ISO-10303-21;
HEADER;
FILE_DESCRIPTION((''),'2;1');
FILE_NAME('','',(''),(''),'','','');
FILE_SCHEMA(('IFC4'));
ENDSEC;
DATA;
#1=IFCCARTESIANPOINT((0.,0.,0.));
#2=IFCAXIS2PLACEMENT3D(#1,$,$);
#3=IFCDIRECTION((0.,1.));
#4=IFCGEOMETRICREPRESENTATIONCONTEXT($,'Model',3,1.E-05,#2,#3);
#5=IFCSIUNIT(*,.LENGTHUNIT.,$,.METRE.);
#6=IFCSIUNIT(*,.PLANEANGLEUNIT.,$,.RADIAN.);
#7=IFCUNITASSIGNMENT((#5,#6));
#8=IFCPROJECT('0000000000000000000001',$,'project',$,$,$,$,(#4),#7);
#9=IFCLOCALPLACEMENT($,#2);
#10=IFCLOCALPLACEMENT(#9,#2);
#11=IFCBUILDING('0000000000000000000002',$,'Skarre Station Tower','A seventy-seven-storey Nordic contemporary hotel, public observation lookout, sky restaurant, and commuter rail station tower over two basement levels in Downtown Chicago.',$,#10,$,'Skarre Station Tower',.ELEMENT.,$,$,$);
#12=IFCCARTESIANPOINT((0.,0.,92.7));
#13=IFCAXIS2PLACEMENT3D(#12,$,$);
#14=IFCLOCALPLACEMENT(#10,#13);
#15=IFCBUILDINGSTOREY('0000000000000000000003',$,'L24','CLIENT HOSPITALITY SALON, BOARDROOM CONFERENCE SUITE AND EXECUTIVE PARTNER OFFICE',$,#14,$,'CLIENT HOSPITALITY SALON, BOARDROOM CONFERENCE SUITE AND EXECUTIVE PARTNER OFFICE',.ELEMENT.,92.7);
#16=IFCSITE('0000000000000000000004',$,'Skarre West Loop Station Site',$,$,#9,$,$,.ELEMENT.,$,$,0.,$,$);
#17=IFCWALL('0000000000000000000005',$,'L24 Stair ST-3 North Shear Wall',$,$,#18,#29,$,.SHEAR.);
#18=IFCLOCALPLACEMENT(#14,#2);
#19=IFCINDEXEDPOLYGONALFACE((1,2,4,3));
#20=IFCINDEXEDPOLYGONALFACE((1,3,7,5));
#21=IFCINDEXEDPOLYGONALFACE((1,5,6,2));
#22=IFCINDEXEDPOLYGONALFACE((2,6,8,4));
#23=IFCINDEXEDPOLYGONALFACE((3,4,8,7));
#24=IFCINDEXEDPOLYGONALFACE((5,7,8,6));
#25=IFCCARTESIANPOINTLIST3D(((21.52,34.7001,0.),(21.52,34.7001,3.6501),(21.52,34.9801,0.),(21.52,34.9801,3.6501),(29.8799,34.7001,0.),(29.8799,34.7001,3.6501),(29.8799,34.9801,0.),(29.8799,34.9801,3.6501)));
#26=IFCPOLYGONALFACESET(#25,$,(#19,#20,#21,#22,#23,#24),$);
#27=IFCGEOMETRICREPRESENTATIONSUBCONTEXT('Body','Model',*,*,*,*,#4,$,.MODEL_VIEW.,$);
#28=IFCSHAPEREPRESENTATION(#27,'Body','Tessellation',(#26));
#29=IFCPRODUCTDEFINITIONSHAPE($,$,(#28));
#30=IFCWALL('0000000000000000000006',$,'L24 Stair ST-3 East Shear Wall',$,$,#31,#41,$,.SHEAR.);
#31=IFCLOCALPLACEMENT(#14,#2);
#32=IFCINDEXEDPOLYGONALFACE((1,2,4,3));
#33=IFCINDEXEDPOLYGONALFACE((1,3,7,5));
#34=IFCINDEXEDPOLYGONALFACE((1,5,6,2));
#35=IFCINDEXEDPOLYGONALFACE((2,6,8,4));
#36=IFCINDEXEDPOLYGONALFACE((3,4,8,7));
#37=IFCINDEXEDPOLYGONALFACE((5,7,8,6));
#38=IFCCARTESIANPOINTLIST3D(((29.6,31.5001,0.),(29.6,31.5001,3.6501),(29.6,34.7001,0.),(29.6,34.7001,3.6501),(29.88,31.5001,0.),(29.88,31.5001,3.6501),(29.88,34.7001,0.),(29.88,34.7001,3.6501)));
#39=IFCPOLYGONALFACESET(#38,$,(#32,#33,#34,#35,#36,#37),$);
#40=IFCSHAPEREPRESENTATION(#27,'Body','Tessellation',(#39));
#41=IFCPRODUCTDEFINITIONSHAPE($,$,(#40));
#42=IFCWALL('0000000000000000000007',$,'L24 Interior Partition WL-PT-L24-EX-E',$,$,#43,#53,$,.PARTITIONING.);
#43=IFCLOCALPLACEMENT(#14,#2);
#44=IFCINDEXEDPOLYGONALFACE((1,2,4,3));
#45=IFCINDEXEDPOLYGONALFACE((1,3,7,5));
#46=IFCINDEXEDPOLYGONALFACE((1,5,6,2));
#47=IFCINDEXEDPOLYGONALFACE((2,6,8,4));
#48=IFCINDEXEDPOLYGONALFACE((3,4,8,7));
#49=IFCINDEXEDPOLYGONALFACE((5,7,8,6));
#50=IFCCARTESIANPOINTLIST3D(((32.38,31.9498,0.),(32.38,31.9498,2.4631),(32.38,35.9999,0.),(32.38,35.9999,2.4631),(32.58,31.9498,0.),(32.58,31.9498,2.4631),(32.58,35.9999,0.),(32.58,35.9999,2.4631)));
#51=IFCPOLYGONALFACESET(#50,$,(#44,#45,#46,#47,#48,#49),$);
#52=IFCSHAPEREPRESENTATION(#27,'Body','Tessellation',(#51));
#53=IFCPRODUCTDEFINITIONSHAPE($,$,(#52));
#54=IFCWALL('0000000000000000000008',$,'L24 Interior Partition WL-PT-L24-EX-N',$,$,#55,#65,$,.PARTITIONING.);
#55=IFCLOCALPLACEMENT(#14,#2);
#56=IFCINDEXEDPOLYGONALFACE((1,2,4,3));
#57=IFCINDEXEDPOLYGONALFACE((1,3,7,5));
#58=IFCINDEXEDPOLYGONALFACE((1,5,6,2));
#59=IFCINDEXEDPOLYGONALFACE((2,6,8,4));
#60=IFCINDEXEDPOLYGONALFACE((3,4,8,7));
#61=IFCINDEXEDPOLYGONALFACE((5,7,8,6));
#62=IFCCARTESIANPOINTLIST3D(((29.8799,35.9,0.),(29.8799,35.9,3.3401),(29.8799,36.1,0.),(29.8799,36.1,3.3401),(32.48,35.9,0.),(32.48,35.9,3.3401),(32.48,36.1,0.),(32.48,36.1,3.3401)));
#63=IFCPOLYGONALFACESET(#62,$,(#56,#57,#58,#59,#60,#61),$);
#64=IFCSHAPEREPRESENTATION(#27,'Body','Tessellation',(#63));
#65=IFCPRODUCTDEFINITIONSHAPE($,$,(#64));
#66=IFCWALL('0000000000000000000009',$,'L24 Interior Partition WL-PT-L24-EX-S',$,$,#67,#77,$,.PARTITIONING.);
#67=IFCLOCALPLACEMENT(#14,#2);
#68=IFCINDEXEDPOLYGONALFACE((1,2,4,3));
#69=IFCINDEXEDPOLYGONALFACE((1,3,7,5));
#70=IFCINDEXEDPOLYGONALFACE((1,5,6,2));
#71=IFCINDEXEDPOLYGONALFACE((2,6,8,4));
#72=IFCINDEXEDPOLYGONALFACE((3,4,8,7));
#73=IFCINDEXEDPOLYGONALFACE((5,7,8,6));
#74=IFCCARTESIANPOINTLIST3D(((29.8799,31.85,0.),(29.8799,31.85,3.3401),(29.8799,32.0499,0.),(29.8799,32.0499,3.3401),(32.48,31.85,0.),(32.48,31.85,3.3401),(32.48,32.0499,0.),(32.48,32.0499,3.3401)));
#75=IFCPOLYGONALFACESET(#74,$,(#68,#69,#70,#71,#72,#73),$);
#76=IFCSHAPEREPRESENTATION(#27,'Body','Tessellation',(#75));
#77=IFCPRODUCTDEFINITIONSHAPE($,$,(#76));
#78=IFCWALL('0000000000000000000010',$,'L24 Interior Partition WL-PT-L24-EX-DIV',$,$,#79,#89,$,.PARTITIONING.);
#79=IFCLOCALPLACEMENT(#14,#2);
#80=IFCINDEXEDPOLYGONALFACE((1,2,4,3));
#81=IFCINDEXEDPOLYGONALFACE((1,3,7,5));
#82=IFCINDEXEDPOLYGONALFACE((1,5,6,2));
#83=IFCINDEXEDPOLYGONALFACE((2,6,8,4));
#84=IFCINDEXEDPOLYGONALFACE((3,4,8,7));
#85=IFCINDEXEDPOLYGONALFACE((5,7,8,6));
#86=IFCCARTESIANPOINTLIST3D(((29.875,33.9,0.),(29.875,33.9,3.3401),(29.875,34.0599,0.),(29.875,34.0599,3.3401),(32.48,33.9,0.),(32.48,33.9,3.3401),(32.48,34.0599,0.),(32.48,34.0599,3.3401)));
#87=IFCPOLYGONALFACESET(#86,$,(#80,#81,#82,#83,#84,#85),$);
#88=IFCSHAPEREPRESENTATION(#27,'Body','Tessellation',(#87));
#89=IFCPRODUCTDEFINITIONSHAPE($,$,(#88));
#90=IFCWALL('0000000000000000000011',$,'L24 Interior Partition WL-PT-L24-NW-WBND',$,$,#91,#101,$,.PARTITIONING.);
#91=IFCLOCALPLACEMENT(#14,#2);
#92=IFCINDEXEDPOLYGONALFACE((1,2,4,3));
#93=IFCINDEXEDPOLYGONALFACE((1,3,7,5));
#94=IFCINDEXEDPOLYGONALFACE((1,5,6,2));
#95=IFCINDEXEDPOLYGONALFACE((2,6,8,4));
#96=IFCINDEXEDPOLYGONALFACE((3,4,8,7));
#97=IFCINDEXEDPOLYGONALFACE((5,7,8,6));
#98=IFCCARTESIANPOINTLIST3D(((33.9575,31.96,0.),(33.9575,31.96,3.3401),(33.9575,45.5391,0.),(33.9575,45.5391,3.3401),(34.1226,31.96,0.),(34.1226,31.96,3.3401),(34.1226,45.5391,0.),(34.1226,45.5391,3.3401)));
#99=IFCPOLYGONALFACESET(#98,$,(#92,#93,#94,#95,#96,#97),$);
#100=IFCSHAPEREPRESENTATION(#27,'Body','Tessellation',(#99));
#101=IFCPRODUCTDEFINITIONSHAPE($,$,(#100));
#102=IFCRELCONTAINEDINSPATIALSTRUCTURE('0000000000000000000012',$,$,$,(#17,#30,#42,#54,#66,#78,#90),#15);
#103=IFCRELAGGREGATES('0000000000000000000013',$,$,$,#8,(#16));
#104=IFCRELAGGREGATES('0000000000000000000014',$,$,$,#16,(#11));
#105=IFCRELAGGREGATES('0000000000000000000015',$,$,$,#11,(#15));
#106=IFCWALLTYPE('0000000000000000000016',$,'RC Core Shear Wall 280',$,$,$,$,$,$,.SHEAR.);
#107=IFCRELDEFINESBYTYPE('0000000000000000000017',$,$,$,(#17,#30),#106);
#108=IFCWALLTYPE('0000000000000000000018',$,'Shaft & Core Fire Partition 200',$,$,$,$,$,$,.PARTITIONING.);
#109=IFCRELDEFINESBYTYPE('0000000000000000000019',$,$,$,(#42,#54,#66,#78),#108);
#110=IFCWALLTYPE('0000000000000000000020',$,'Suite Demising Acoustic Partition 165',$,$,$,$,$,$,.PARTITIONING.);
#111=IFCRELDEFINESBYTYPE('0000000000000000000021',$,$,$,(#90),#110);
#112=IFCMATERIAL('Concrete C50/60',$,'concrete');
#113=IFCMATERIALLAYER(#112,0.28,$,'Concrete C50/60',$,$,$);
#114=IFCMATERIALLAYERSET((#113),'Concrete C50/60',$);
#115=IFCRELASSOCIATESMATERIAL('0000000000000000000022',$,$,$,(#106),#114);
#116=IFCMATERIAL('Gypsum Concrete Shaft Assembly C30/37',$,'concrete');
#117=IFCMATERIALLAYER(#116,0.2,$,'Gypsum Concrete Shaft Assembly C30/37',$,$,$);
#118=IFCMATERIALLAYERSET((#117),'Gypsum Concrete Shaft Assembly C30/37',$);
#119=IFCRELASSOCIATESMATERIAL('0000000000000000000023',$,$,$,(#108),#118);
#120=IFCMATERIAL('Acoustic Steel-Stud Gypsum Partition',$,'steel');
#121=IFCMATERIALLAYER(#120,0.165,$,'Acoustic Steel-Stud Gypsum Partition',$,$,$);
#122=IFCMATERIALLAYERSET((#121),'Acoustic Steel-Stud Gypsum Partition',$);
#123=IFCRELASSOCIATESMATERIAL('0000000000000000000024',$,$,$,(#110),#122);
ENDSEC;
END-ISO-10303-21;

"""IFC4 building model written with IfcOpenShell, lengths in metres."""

from ifc_helpers import new_model, si_unit, direction, frame, frame_2d, origin, place, context, subcontext, project, spatial, rectangle, extrude, material, layer, layer_set, type_object, element, save


model = new_model("IFC4")

# Units and contexts
model_context = context("Model", 3, precision=1e-05, world=origin(), true_north=direction((0.0, 1.0)))
body_context = subcontext(model_context, "Body", "Model", "MODEL_VIEW")
ifc_project = project(units=[si_unit("LENGTHUNIT", "METRE"), si_unit("PLANEANGLEUNIT", "RADIAN")], contexts=[model_context])

# Site, building, storey
site_placement = place(None, origin())
site = spatial("IfcSite", under=ifc_project, at=site_placement, Name="Skarre West Loop Station Site", CompositionType="ELEMENT", RefElevation=0.0)
building_placement = place(site_placement, origin())
building = spatial("IfcBuilding", under=site, at=building_placement, Name="Skarre Station Tower", Description="A seventy-seven-storey Nordic contemporary hotel, public observation lookout, sky restaurant, and commuter rail station tower over two basement levels in Downtown Chicago.", LongName="Skarre Station Tower", CompositionType="ELEMENT")
storey_placement = place(building_placement, frame((0.0, 0.0, 92.7)))
storey = spatial("IfcBuildingStorey", under=building, at=storey_placement, Name="L24", Description="CLIENT HOSPITALITY SALON, BOARDROOM CONFERENCE SUITE AND EXECUTIVE PARTNER OFFICE", LongName="CLIENT HOSPITALITY SALON, BOARDROOM CONFERENCE SUITE AND EXECUTIVE PARTNER OFFICE", CompositionType="ELEMENT", Elevation=92.7)

# Shared definitions
ifc_material_1 = material(Name="Acoustic Steel-Stud Gypsum Partition", Category="steel")

# Walls
ifc_material_2 = material(Name="Concrete C50/60", Category="concrete")
ifc_layer_1 = layer(ifc_material_2, 0.28, Name="Concrete C50/60")
ifc_layer_set_1 = layer_set([ifc_layer_1], Name="Concrete C50/60")
wall_type_1 = type_object("IfcWallType", Name="RC Core Shear Wall 280", PredefinedType="SHEAR", material=ifc_layer_set_1)
wall_1_placement = place(storey_placement, frame((29.8799, 34.8401, 0.0), z_axis=(0.0, 0.0, 1.0), x_axis=(-1.0, 0.0, 0.0)))
element("IfcWall", 1, at=wall_1_placement, inside=storey, type_object=wall_type_1, Name="L24 Stair ST-3 North Shear Wall", PredefinedType="SHEAR", context=body_context, shape_type="SweptSolid", body=[
    extrude(rectangle(XDim=8.3599, YDim=0.28, at=frame_2d((4.1799, 0.0))), origin(), (0.0, 0.0, 1.0), 3.6501),
])
wall_2_placement = place(storey_placement, frame((29.74, 31.5, 0.0), z_axis=(0.0, 0.0, 1.0), x_axis=(0.0, 1.0, 0.0)))
element("IfcWall", 2, at=wall_2_placement, inside=storey, type_object=wall_type_1, Name="L24 Stair ST-3 East Shear Wall", PredefinedType="SHEAR", context=body_context, shape_type="SweptSolid", body=[
    extrude(rectangle(XDim=3.2, YDim=0.28, at=frame_2d((1.6001, 0.0))), origin(), (0.0, 0.0, 1.0), 3.6501),
])
ifc_material_3 = material(Name="Gypsum Concrete Shaft Assembly C30/37", Category="concrete")
ifc_layer_2 = layer(ifc_material_3, 0.2, Name="Gypsum Concrete Shaft Assembly C30/37")
ifc_layer_set_2 = layer_set([ifc_layer_2], Name="Gypsum Concrete Shaft Assembly C30/37")
wall_type_2 = type_object("IfcWallType", Name="Shaft & Core Fire Partition 200", PredefinedType="PARTITIONING", material=ifc_layer_set_2)
wall_3_placement = place(storey_placement, frame((32.48, 31.95, 0.0), z_axis=(0.0, 0.0, 1.0), x_axis=(0.0, 1.0, 0.0)))
element("IfcWall", 3, at=wall_3_placement, inside=storey, type_object=wall_type_2, Name="L24 Interior Partition WL-PT-L24-EX-E", PredefinedType="PARTITIONING", context=body_context, shape_type="SweptSolid", body=[
    extrude(rectangle(XDim=4.05, YDim=0.2, at=frame_2d((2.0249, 0.0))), origin(), (0.0, 0.0, 1.0), 2.4631),
])
for number, where, z_axis, x_axis, name in (
    (4, (29.8799, 36.0, 0.0), (0.0, 0.0, 1.0), (1.0, 0.0, 0.0), "L24 Interior Partition WL-PT-L24-EX-N"),
    (5, (32.48, 31.95, 0.0), (0.0, 0.0, 1.0), (-1.0, 0.0, 0.0), "L24 Interior Partition WL-PT-L24-EX-S"),
):
    element("IfcWall", number, at=place(storey_placement, frame(where, z_axis=z_axis, x_axis=x_axis)), inside=storey, type_object=wall_type_2, Name=name, PredefinedType="PARTITIONING", context=body_context, shape_type="SweptSolid", body=[
        extrude(rectangle(XDim=2.6001, YDim=0.2, at=frame_2d((1.3, 0.0))), origin(), (0.0, 0.0, 1.0), 3.3401),
    ])
wall_4_placement = place(storey_placement, frame((29.875, 33.98, 0.0), z_axis=(0.0, 0.0, 1.0), x_axis=(1.0, 0.0, 0.0)))
element("IfcWall", 6, at=wall_4_placement, inside=storey, type_object=wall_type_2, Name="L24 Interior Partition WL-PT-L24-EX-DIV", PredefinedType="PARTITIONING", context=body_context, shape_type="SweptSolid", body=[
    extrude(rectangle(XDim=2.605, YDim=0.1599, at=frame_2d((1.3025, 0.0))), origin(), (0.0, 0.0, 1.0), 3.3401),
])
ifc_layer_3 = layer(ifc_material_1, 0.165, Name="Acoustic Steel-Stud Gypsum Partition")
ifc_layer_set_3 = layer_set([ifc_layer_3], Name="Acoustic Steel-Stud Gypsum Partition")
wall_type_3 = type_object("IfcWallType", Name="Suite Demising Acoustic Partition 165", PredefinedType="PARTITIONING", material=ifc_layer_set_3)
wall_5_placement = place(storey_placement, frame((34.04, 31.96, 0.0), z_axis=(0.0, 0.0, 1.0), x_axis=(0.0, 1.0, 0.0)))
element("IfcWall", 7, at=wall_5_placement, inside=storey, type_object=wall_type_3, Name="L24 Interior Partition WL-PT-L24-NW-WBND", PredefinedType="PARTITIONING", context=body_context, shape_type="SweptSolid", body=[
    extrude(rectangle(XDim=13.5791, YDim=0.165, at=frame_2d((6.7896, 0.0))), origin(), (0.0, 0.0, 1.0), 3.3401),
])

save(model, "model.ifc")
